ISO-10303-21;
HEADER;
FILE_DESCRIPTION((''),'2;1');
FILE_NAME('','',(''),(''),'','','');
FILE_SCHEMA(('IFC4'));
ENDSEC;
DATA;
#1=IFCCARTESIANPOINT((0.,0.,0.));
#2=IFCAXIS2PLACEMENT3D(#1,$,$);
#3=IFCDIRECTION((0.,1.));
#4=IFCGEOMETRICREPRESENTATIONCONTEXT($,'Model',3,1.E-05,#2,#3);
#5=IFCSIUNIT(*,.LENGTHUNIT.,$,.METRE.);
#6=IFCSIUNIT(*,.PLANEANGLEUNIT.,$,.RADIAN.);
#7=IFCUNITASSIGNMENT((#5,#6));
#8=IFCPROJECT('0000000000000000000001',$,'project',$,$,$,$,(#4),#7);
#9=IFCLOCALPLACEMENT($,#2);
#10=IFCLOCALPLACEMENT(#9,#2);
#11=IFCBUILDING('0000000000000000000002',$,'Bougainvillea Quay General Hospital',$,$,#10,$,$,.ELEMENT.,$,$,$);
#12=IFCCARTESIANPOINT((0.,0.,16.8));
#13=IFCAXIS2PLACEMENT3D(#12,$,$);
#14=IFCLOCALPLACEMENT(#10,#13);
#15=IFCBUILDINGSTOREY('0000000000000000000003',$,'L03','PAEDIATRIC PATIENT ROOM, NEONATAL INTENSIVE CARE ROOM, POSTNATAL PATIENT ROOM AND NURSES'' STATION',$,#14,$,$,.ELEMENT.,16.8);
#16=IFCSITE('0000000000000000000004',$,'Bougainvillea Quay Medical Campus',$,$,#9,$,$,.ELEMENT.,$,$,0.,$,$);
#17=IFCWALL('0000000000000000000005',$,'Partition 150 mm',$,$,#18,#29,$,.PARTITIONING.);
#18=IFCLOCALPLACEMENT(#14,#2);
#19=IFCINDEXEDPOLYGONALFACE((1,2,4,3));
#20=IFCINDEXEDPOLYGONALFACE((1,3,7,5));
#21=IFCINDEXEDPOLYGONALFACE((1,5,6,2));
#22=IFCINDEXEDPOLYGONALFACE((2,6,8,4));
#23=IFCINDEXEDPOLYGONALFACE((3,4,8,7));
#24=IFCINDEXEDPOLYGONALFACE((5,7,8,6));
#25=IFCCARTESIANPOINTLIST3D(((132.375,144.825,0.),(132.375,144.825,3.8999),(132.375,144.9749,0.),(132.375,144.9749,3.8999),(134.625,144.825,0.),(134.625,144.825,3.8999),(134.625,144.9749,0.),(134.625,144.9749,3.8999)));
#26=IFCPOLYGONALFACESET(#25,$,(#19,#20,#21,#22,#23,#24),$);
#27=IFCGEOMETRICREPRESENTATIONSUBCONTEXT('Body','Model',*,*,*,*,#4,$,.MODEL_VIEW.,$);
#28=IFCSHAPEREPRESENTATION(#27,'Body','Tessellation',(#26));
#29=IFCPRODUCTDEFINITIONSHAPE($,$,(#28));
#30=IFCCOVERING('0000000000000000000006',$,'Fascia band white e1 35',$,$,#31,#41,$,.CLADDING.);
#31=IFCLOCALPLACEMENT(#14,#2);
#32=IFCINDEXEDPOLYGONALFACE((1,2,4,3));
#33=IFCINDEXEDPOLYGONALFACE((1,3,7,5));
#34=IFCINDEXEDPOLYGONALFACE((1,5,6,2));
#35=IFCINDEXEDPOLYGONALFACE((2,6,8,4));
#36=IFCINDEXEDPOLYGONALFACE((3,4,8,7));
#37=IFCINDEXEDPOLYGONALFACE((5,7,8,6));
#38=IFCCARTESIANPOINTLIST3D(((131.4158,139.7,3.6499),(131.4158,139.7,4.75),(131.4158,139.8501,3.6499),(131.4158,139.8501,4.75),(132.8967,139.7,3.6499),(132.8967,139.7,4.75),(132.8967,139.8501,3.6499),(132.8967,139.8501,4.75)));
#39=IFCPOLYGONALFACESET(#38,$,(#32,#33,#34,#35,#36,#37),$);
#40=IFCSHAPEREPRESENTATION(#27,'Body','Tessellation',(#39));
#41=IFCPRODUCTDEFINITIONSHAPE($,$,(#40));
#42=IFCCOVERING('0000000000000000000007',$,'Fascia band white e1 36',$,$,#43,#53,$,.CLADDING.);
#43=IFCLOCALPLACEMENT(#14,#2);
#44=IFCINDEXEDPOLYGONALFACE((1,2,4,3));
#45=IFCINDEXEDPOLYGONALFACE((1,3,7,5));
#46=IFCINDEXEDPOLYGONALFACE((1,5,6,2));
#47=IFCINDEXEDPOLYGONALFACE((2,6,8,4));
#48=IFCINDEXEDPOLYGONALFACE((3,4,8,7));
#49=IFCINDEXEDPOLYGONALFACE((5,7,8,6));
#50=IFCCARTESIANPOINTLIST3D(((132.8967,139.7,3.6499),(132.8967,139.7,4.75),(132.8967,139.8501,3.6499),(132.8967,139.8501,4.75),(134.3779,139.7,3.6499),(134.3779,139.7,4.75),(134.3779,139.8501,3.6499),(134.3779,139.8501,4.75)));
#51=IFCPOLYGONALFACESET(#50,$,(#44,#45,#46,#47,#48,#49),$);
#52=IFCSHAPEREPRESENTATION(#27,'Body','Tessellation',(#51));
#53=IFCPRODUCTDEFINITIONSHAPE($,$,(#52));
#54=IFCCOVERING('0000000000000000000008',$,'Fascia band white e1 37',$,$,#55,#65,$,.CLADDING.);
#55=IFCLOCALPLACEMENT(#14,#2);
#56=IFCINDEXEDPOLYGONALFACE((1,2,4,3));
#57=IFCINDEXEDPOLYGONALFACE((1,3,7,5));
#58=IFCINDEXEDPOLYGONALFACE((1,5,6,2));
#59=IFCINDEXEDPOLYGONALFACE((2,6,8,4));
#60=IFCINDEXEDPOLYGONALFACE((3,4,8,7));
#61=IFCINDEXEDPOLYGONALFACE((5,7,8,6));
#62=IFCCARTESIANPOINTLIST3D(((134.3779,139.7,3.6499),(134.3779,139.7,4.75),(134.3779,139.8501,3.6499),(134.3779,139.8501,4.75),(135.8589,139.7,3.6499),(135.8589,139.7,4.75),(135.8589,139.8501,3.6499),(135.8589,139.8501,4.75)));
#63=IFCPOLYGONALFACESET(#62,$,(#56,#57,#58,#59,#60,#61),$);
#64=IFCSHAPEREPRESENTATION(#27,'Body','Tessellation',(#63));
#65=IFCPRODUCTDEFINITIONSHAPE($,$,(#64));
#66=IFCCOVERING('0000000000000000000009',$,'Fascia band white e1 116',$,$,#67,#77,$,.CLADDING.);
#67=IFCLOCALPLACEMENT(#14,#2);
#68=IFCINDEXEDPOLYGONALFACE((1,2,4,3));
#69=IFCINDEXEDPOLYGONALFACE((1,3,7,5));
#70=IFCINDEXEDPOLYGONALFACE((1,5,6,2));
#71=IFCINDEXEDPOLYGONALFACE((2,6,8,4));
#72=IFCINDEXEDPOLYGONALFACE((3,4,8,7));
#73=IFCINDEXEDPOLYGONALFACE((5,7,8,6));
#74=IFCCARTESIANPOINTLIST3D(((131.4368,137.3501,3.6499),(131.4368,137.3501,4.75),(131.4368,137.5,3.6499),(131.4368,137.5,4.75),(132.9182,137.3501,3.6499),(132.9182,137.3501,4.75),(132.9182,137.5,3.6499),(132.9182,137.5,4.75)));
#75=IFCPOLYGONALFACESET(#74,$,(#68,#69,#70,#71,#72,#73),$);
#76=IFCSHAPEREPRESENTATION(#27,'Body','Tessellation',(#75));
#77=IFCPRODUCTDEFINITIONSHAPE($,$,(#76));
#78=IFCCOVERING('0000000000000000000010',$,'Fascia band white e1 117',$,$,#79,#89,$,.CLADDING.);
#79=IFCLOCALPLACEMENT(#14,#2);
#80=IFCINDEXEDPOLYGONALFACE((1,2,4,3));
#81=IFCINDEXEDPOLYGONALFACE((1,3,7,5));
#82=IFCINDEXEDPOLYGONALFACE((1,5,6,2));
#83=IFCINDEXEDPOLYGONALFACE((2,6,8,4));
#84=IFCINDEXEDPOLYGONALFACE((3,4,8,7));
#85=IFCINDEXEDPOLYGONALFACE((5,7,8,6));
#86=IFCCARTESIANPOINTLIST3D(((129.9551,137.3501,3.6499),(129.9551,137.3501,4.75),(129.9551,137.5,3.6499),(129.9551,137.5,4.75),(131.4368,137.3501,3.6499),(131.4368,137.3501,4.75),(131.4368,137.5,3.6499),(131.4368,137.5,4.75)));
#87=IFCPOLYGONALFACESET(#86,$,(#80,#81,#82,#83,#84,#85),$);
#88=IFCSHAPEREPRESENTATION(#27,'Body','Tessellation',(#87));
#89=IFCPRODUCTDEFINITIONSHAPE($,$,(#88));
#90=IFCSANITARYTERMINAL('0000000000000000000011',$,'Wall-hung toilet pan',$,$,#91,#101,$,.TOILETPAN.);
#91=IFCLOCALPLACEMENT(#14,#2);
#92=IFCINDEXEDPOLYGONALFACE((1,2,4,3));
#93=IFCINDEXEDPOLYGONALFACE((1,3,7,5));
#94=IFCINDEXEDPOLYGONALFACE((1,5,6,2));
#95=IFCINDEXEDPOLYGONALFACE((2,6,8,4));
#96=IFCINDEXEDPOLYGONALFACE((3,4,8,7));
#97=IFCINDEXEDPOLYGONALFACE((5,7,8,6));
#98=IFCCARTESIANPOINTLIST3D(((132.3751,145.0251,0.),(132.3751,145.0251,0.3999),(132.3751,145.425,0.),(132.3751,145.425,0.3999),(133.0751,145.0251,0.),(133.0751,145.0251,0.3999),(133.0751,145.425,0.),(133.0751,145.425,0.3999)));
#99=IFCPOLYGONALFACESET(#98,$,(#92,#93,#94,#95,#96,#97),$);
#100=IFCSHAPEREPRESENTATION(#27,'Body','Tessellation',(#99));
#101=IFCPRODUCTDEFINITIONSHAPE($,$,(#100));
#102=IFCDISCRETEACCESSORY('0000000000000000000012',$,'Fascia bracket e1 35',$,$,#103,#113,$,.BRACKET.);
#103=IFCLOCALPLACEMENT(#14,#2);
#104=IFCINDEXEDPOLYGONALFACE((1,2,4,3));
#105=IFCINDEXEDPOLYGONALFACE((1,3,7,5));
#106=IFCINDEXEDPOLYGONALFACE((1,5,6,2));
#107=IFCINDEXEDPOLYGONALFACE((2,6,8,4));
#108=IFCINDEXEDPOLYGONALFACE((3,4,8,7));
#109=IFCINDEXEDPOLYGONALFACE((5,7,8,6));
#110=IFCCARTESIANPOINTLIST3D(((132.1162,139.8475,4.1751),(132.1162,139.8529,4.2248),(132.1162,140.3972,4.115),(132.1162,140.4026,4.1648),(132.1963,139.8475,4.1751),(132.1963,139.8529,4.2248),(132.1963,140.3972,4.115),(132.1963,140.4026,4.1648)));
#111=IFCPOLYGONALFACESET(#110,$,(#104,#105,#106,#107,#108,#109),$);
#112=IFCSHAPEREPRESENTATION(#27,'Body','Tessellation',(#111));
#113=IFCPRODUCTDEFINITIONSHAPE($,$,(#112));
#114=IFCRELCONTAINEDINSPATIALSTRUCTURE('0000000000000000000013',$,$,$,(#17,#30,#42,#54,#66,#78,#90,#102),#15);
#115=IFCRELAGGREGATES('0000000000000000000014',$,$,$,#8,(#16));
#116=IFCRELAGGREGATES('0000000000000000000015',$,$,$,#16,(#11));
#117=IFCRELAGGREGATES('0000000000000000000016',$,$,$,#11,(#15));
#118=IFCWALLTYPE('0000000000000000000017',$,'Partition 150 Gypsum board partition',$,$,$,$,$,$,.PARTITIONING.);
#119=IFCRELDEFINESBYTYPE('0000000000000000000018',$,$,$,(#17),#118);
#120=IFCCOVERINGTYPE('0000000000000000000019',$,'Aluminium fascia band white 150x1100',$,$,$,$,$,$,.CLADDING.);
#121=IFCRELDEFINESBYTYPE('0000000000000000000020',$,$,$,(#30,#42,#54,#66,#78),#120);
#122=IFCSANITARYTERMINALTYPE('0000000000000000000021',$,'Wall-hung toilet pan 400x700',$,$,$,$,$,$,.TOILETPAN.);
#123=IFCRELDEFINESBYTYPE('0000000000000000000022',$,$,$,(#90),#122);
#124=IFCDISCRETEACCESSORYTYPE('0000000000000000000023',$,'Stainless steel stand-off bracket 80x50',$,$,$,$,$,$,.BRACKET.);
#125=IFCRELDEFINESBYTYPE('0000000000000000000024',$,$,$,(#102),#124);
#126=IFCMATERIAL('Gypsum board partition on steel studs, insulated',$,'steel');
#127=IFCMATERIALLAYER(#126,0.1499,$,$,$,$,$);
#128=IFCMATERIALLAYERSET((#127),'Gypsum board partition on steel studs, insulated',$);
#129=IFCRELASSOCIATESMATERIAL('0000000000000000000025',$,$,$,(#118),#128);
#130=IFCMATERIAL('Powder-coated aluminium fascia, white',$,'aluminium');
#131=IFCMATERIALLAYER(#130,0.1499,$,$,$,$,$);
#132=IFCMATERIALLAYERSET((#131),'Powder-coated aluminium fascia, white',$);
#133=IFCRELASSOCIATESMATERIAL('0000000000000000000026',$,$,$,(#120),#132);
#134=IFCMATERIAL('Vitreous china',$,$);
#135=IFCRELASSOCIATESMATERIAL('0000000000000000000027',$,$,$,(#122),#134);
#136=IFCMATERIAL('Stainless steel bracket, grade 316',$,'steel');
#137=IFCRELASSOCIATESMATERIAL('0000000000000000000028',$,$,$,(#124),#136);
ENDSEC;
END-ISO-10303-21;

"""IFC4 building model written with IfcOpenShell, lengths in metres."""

from ifc_helpers import new_model, si_unit, direction, frame, frame_2d, origin, origin_2d, place, context, subcontext, project, spatial, polyline, rectangle, outline, extrude, material, layer, layer_set, material_profile, profile_set, type_object, element, save


model = new_model("IFC4")

# Units and contexts
model_context = context("Model", 3, precision=1e-05, world=origin(), true_north=direction((0.0, 1.0)))
body_context = subcontext(model_context, "Body", "Model", "MODEL_VIEW")
ifc_project = project(units=[si_unit("LENGTHUNIT", "METRE"), si_unit("PLANEANGLEUNIT", "RADIAN")], contexts=[model_context])

# Site, building, storey
site_placement = place(None, origin())
site = spatial("IfcSite", under=ifc_project, at=site_placement, Name="Bougainvillea Quay Medical Campus", CompositionType="ELEMENT", RefElevation=0.0)
building_placement = place(site_placement, origin())
building = spatial("IfcBuilding", under=site, at=building_placement, Name="Bougainvillea Quay General Hospital", CompositionType="ELEMENT")
storey_placement = place(building_placement, frame((0.0, 0.0, 16.8)))
storey = spatial("IfcBuildingStorey", under=building, at=storey_placement, Name="L03", Description="PAEDIATRIC PATIENT ROOM, NEONATAL INTENSIVE CARE ROOM, POSTNATAL PATIENT ROOM AND NURSES' STATION", CompositionType="ELEMENT", Elevation=16.8)

# Shared definitions
ifc_material_1 = material(Name="Gypsum board partition on steel studs, insulated", Category="steel")
ifc_layer_1 = layer(ifc_material_1, 0.1499)
ifc_layer_set_1 = layer_set([ifc_layer_1], Name="Gypsum board partition on steel studs, insulated")
wall_type = type_object("IfcWallType", Name="Partition 150 Gypsum board partition", PredefinedType="PARTITIONING", material=ifc_layer_set_1)

# Wall
wall_1_placement = place(storey_placement, frame((132.375, 144.8999, 0.0), z_axis=(0.0, 0.0, 1.0), x_axis=(1.0, 0.0, 0.0)))
element("IfcWall", 1, at=wall_1_placement, inside=storey, type_object=wall_type, Name="Partition 150 mm", PredefinedType="PARTITIONING", context=body_context, shape_type="SweptSolid", body=[
    extrude(rectangle(XDim=2.25, YDim=0.1499, at=frame_2d((1.125, 0.0))), origin(), (0.0, 0.0, 1.0), 3.8999),
])

# Coverings
ifc_material_2 = material(Name="Powder-coated aluminium fascia, white", Category="aluminium")
ifc_layer_2 = layer(ifc_material_2, 0.1499)
ifc_layer_set_2 = layer_set([ifc_layer_2], Name="Powder-coated aluminium fascia, white")
covering_type = type_object("IfcCoveringType", Name="Aluminium fascia band white 150x1100", PredefinedType="CLADDING", material=ifc_layer_set_2)
covering_1_placement = place(storey_placement, frame((131.4158, 139.8501, 3.6499), z_axis=(0.0, 0.0, 1.0), x_axis=(1.0, 0.0, 0.0)))
element("IfcCovering", 2, at=covering_1_placement, inside=storey, type_object=covering_type, Name="Fascia band white e1 35", PredefinedType="CLADDING", context=body_context, shape_type="SweptSolid", body=[
    extrude(outline(polyline([(0.0, 0.0), (1.481, 0.0), (1.481, -0.1501), (0.0, -0.1501), (0.0, 0.0)])), origin(), (0.0, 0.0, 1.0), 1.1001),
])
covering_2_placement = place(storey_placement, frame((132.8967, 139.8501, 3.6499), z_axis=(0.0, 0.0, 1.0), x_axis=(1.0, 0.0, 0.0)))
element("IfcCovering", 3, at=covering_2_placement, inside=storey, type_object=covering_type, Name="Fascia band white e1 36", PredefinedType="CLADDING", context=body_context, shape_type="SweptSolid", body=[
    extrude(outline(polyline([(0.0, 0.0), (1.4812, 0.0), (1.4812, -0.1501), (0.0, -0.1501), (0.0, 0.0)])), origin(), (0.0, 0.0, 1.0), 1.1001),
])
covering_3_placement = place(storey_placement, frame((134.3779, 139.8501, 3.6499), z_axis=(0.0, 0.0, 1.0), x_axis=(1.0, 0.0, 0.0)))
element("IfcCovering", 4, at=covering_3_placement, inside=storey, type_object=covering_type, Name="Fascia band white e1 37", PredefinedType="CLADDING", context=body_context, shape_type="SweptSolid", body=[
    extrude(outline(polyline([(0.0, 0.0), (1.481, 0.0), (1.481, -0.1501), (0.0, -0.1501), (0.0, 0.0)])), origin(), (0.0, 0.0, 1.0), 1.1001),
])
covering_4_placement = place(storey_placement, frame((132.9182, 137.3501, 3.6499), z_axis=(0.0, 0.0, 1.0), x_axis=(-1.0, 0.0, 0.0)))
element("IfcCovering", 5, at=covering_4_placement, inside=storey, type_object=covering_type, Name="Fascia band white e1 116", PredefinedType="CLADDING", context=body_context, shape_type="SweptSolid", body=[
    extrude(outline(polyline([(0.0, 0.0), (1.4814, 0.0), (1.4814, -0.1499), (0.0, -0.1499), (0.0, 0.0)])), origin(), (0.0, 0.0, 1.0), 1.1001),
])
covering_5_placement = place(storey_placement, frame((131.4368, 137.3501, 3.6499), z_axis=(0.0, 0.0, 1.0), x_axis=(-1.0, 0.0, 0.0)))
element("IfcCovering", 6, at=covering_5_placement, inside=storey, type_object=covering_type, Name="Fascia band white e1 117", PredefinedType="CLADDING", context=body_context, shape_type="SweptSolid", body=[
    extrude(outline(polyline([(0.0, 0.0), (1.4817, 0.0), (1.4817, -0.1499), (0.0, -0.1499), (0.0, 0.0)])), origin(), (0.0, 0.0, 1.0), 1.1001),
])

# Sanitary terminal
ifc_material_3 = material(Name="Vitreous china")
sanitary_terminal_type = type_object("IfcSanitaryTerminalType", Name="Wall-hung toilet pan 400x700", PredefinedType="TOILETPAN", material=ifc_material_3)
sanitary_terminal_placement = place(storey_placement, frame((132.7251, 145.2251, 0.0), z_axis=(0.0, 0.0, 1.0), x_axis=(0.0, 1.0, 0.0)))
element("IfcSanitaryTerminal", 7, at=sanitary_terminal_placement, inside=storey, type_object=sanitary_terminal_type, Name="Wall-hung toilet pan", PredefinedType="TOILETPAN", context=body_context, shape_type="SweptSolid", body=[
    extrude(rectangle(XDim=0.3999, YDim=0.7, at=origin_2d()), origin(), (0.0, 0.0, 1.0), 0.3999),
])

# Discrete accessory
ifc_material_4 = material(Name="Stainless steel bracket, grade 316", Category="steel")
ifc_material_profile_1 = material_profile(ifc_material_4, rectangle(XDim=0.0801, YDim=0.05, at=origin_2d()))
ifc_profile_set_1 = profile_set([ifc_material_profile_1], Name="Stainless steel bracket, grade 316")
discrete_accessory_type = type_object("IfcDiscreteAccessoryType", Name="Stainless steel stand-off bracket 80x50", PredefinedType="BRACKET", material=ifc_profile_set_1)
discrete_accessory_placement = place(storey_placement, frame((132.1562, 140.3999, 4.1399), z_axis=(0.0, -0.994087, 0.10859), x_axis=(1.0, 0.0, 0.0)))
element("IfcDiscreteAccessory", 8, at=discrete_accessory_placement, inside=storey, type_object=discrete_accessory_type, Name="Fascia bracket e1 35", PredefinedType="BRACKET", context=body_context, shape_type="SweptSolid", body=[
    extrude(rectangle(XDim=0.0801, YDim=0.05, at=origin_2d()), origin(), (0.0, 0.0, 1.0), 0.553),
])

save(model, "model.ifc")
